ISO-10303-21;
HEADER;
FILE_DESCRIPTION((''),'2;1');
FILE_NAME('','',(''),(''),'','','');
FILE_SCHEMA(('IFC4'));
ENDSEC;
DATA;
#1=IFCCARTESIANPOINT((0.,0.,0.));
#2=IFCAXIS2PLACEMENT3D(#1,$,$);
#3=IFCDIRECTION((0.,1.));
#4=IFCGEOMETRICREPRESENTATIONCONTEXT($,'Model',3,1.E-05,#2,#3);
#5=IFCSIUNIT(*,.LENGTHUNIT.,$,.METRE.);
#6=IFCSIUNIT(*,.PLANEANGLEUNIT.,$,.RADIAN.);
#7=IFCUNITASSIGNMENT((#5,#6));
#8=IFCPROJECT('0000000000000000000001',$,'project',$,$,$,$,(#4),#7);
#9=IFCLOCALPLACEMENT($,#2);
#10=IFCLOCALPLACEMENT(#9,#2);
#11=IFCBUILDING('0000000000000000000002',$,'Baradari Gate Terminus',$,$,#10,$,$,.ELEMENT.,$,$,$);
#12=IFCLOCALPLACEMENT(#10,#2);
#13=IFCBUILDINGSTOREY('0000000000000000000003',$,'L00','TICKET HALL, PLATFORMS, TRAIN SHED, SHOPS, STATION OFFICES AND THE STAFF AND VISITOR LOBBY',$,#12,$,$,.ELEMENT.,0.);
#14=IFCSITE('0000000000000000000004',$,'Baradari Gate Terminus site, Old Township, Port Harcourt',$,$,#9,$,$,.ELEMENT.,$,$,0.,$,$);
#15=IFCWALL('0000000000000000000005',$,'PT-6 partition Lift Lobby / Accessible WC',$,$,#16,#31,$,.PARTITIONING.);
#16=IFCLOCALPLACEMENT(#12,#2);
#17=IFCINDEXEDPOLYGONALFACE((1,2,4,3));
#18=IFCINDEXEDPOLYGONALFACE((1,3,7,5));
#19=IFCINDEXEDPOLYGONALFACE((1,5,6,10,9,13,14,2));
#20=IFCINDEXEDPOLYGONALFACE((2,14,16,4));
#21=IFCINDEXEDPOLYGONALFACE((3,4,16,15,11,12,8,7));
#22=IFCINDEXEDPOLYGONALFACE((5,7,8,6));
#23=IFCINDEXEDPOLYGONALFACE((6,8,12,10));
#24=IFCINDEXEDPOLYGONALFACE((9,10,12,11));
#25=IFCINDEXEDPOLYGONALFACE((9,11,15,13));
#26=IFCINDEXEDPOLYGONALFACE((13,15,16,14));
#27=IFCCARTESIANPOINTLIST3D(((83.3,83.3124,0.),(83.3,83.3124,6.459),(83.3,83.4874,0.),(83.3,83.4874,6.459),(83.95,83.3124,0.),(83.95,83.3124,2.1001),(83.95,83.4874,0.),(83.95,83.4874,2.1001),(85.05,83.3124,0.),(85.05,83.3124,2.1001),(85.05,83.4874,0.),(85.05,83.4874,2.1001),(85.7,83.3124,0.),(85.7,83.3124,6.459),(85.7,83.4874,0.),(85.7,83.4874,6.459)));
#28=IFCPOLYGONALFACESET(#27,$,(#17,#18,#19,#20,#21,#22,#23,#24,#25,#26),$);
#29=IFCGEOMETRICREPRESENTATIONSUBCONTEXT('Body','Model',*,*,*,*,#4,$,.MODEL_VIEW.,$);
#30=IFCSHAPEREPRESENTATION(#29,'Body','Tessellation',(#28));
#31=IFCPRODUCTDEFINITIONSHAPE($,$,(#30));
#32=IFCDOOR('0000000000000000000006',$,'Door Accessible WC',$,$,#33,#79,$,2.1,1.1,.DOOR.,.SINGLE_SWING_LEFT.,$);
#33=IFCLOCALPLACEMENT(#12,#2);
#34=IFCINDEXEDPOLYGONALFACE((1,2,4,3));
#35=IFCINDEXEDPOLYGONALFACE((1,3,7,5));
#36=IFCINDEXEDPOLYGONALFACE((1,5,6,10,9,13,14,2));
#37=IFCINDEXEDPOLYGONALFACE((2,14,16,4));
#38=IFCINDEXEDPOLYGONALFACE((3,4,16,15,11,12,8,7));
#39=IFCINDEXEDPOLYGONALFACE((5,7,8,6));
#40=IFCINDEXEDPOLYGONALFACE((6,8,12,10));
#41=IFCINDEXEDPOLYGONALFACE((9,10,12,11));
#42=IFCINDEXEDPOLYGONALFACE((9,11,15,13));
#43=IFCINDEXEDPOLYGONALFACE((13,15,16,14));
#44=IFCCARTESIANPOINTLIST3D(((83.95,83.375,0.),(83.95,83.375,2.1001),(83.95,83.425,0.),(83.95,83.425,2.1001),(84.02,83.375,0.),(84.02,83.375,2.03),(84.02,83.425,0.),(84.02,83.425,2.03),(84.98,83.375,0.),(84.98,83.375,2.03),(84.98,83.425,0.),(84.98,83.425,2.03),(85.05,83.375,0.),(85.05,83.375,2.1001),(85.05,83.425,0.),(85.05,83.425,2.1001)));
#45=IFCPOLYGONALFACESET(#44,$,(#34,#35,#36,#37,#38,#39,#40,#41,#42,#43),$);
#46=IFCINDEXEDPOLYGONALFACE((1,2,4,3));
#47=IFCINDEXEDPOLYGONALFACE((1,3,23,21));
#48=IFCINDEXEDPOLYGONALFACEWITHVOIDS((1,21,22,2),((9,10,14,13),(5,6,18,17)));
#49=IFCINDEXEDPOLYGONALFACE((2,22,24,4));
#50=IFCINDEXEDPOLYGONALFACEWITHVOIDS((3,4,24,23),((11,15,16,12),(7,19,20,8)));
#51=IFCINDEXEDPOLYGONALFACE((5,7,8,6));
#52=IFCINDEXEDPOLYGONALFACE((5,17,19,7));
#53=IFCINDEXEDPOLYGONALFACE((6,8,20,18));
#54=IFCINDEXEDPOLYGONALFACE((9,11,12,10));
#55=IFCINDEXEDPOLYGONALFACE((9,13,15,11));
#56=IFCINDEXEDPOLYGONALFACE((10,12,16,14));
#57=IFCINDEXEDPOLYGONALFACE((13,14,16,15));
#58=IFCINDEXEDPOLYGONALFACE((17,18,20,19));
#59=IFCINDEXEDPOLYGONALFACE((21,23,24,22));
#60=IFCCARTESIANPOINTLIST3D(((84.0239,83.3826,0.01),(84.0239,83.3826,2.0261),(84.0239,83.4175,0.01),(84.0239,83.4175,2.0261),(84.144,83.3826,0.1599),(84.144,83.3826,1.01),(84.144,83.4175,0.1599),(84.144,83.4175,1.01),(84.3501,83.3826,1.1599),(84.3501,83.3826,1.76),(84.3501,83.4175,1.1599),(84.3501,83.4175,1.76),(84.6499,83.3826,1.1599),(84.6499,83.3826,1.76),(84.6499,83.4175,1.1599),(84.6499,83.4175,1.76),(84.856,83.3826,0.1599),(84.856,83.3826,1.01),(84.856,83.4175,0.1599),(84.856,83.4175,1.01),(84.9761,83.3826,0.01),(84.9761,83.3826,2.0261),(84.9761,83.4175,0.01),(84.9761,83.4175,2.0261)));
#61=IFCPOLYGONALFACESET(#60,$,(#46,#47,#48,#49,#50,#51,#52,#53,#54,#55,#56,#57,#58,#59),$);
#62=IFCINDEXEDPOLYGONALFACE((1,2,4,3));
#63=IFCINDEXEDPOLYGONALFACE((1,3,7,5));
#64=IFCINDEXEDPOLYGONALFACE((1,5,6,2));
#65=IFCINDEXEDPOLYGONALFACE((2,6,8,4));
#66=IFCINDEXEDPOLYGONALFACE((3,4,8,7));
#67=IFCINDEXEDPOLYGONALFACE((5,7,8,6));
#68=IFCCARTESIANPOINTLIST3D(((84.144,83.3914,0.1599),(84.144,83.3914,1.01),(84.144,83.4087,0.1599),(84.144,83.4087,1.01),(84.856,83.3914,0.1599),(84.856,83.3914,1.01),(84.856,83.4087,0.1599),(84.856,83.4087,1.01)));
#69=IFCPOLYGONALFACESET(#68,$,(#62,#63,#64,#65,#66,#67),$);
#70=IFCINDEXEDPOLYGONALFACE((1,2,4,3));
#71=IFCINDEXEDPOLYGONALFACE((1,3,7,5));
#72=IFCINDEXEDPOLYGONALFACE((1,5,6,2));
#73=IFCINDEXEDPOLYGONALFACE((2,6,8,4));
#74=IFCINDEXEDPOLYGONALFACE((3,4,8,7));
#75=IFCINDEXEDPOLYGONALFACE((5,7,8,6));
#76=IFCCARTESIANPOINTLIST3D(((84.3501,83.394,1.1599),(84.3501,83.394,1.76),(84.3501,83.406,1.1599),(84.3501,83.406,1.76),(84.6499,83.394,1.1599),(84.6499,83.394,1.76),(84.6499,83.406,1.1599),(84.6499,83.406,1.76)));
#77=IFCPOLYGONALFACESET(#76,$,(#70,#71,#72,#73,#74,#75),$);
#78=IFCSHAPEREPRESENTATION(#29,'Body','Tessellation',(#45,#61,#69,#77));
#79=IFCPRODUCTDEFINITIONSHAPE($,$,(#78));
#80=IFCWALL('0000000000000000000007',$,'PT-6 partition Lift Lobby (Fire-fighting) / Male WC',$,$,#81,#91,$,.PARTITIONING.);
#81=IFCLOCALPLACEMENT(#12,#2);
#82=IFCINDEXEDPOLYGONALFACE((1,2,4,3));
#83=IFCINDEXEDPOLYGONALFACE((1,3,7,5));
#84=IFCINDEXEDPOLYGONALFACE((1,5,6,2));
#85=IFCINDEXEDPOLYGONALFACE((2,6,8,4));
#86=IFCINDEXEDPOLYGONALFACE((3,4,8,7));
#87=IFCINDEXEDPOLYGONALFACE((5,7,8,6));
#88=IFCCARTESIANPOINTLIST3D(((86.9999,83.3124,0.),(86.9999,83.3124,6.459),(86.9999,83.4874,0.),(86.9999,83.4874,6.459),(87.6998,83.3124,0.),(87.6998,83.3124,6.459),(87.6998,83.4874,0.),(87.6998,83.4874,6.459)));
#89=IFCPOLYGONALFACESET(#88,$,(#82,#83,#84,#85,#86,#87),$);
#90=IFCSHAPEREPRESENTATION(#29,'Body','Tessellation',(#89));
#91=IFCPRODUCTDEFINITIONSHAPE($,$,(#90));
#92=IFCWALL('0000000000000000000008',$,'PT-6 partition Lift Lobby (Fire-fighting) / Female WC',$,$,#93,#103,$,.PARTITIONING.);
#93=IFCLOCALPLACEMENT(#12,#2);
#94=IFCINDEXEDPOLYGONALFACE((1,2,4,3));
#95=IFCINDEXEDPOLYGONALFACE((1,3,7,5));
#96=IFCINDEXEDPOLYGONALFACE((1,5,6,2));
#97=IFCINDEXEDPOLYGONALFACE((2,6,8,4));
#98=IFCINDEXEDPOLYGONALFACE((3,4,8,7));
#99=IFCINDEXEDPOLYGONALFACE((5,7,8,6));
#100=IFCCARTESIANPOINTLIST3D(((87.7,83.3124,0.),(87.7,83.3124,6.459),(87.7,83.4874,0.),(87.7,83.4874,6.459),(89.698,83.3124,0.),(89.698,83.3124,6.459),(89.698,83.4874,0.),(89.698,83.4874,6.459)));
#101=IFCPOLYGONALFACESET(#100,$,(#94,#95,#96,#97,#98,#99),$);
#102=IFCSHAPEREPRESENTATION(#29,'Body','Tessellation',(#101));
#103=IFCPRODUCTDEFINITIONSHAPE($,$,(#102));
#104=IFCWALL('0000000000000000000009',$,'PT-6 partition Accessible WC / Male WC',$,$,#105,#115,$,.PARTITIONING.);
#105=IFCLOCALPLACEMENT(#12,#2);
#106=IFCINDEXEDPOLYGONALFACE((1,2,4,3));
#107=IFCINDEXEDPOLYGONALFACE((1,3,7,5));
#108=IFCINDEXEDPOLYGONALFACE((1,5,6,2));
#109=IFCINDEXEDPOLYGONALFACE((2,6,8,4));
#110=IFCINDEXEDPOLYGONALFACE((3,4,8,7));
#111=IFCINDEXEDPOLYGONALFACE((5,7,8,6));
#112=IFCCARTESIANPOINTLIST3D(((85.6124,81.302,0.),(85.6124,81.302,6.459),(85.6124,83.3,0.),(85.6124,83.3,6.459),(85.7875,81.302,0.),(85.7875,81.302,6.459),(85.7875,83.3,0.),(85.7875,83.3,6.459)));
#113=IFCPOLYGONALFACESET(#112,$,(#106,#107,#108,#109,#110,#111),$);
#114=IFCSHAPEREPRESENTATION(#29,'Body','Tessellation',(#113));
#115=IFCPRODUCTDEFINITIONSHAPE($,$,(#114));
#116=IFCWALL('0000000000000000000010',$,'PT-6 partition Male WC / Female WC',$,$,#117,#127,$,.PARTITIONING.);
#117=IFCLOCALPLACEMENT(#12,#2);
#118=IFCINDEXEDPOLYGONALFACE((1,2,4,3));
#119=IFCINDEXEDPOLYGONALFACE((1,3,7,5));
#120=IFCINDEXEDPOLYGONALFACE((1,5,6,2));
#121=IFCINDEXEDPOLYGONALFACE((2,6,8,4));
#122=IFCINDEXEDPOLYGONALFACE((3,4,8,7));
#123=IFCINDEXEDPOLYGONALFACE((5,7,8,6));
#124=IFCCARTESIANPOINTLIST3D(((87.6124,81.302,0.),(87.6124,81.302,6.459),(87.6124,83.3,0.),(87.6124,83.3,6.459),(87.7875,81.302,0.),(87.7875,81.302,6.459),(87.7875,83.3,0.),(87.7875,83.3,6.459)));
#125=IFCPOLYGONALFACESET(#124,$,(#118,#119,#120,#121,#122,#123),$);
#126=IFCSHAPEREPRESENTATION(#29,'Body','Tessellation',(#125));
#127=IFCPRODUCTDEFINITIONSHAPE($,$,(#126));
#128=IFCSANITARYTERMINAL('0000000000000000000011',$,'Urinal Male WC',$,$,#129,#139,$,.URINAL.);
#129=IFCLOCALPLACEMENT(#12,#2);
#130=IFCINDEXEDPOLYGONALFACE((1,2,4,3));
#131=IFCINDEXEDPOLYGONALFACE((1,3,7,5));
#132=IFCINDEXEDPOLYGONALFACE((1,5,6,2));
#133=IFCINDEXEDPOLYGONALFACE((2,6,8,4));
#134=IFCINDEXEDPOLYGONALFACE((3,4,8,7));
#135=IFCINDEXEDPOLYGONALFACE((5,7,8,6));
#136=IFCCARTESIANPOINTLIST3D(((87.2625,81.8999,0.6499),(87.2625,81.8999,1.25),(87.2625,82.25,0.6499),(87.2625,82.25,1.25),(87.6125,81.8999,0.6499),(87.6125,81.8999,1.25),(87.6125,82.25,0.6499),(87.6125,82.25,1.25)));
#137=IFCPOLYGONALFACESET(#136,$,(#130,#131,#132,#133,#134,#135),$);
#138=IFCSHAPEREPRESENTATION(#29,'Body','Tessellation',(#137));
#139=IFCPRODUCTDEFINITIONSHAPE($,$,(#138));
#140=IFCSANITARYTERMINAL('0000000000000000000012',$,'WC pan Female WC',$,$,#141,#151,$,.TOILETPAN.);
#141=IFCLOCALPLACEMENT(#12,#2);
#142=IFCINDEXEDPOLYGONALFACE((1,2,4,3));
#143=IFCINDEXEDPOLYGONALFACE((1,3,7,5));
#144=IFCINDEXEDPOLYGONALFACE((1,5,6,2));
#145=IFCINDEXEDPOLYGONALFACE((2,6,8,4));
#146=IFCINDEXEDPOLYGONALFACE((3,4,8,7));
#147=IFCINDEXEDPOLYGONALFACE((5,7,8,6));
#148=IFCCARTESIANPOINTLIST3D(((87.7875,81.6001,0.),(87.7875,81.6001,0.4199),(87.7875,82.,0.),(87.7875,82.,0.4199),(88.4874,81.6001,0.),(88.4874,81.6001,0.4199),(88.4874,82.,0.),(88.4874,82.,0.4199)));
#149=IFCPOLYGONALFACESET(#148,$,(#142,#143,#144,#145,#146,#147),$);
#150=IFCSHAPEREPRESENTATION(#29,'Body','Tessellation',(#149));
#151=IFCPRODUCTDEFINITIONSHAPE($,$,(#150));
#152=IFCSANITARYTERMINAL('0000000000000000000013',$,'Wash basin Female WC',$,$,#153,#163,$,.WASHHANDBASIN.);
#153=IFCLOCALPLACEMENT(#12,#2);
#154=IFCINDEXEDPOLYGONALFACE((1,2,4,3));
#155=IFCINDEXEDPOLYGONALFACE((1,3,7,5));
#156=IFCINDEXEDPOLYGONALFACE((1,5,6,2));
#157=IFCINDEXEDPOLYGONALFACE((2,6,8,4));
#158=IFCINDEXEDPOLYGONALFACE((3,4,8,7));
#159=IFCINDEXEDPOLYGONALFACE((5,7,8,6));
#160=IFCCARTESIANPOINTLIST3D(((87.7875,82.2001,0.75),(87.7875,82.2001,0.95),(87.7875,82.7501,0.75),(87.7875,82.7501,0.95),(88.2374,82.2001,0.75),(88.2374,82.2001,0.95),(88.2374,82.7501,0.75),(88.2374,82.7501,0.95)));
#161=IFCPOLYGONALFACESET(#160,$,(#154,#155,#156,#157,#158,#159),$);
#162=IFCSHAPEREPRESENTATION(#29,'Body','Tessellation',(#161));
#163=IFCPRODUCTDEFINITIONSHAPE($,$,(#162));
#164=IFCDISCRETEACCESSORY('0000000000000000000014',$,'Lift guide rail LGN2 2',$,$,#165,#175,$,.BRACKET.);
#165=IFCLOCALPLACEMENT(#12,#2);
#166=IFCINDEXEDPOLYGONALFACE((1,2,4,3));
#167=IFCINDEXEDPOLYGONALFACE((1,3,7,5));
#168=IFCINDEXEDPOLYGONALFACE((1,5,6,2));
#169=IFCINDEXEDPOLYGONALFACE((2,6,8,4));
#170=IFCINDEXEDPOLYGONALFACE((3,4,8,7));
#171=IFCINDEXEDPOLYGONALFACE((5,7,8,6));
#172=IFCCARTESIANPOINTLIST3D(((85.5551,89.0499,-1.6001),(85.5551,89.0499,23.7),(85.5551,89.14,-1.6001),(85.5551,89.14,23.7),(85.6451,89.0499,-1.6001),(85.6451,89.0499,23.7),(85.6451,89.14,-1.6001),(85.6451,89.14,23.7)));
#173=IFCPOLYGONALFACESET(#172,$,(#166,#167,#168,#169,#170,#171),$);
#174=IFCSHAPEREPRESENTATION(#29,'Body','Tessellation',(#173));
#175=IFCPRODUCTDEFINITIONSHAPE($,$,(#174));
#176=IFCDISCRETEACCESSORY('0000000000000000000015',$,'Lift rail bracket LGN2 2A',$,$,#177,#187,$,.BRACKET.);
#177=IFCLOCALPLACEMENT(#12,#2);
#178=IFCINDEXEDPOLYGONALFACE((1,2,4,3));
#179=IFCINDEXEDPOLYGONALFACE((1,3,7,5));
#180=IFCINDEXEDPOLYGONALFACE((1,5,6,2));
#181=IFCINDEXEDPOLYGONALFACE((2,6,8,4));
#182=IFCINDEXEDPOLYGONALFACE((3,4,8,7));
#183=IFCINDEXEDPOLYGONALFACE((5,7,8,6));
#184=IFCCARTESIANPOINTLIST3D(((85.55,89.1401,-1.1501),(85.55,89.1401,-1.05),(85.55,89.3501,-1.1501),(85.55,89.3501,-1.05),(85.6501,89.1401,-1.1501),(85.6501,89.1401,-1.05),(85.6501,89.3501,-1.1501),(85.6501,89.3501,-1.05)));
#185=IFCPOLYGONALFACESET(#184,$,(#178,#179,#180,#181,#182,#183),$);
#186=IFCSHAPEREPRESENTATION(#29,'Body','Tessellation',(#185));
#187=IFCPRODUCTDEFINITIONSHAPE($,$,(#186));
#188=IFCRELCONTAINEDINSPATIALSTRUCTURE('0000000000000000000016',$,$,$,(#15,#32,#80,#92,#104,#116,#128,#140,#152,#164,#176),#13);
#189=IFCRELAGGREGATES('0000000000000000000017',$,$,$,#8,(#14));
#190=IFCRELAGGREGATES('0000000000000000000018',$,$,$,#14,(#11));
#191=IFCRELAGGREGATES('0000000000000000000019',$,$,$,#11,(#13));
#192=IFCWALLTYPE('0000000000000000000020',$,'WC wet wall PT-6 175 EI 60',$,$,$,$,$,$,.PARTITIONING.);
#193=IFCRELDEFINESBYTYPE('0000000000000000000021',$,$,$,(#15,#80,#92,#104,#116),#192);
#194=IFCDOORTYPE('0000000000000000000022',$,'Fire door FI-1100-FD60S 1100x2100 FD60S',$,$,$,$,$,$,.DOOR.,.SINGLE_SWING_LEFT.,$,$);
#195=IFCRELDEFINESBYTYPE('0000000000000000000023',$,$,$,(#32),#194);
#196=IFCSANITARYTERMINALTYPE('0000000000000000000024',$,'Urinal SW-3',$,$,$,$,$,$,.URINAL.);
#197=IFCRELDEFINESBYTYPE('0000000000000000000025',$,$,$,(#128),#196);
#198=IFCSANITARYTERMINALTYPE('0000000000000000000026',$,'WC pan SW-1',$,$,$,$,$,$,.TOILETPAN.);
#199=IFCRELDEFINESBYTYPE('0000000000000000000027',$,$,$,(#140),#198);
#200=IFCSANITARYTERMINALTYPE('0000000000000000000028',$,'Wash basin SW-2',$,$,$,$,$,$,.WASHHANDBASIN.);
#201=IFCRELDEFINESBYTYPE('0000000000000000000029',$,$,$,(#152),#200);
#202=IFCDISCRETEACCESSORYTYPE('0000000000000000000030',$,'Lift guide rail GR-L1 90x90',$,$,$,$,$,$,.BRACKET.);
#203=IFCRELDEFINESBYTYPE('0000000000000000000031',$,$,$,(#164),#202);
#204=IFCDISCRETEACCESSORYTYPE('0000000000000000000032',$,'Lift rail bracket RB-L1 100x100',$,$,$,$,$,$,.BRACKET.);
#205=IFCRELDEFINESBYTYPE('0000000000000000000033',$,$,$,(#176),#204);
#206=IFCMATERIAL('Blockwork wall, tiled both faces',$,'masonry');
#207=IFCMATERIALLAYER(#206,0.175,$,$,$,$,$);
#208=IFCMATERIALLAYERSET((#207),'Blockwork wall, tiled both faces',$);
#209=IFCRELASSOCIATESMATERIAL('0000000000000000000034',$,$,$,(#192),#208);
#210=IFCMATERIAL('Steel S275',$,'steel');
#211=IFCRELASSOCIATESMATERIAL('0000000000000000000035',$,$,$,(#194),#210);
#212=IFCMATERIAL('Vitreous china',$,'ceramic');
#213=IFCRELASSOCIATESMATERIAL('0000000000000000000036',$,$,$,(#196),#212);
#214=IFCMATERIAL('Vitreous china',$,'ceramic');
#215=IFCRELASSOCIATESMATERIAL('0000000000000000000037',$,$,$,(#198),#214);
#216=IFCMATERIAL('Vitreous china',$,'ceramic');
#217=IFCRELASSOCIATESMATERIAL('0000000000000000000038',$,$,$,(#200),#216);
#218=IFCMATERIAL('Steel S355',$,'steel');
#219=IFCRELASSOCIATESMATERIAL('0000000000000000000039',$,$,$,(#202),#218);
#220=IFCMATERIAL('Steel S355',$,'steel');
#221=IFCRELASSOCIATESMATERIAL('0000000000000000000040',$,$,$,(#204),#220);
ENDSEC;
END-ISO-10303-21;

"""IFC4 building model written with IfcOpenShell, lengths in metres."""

from ifc_helpers import new_model, si_unit, direction, frame, frame_2d, origin, origin_2d, place, context, subcontext, project, spatial, polyline, rectangle, outline, extrude, material, layer, layer_set, type_object, element, fill, save


model = new_model("IFC4")

# Units and contexts
model_context = context("Model", 3, precision=1e-05, world=origin(), true_north=direction((0.0, 1.0)))
body_context = subcontext(model_context, "Body", "Model", "MODEL_VIEW")
ifc_project = project(units=[si_unit("LENGTHUNIT", "METRE"), si_unit("PLANEANGLEUNIT", "RADIAN")], contexts=[model_context])

# Site, building, storey
site_placement = place(None, origin())
site = spatial("IfcSite", under=ifc_project, at=site_placement, Name="Baradari Gate Terminus site, Old Township, Port Harcourt", CompositionType="ELEMENT", RefElevation=0.0)
building_placement = place(site_placement, origin())
building = spatial("IfcBuilding", under=site, at=building_placement, Name="Baradari Gate Terminus", CompositionType="ELEMENT")
storey_placement = place(building_placement, origin())
storey = spatial("IfcBuildingStorey", under=building, at=storey_placement, Name="L00", Description="TICKET HALL, PLATFORMS, TRAIN SHED, SHOPS, STATION OFFICES AND THE STAFF AND VISITOR LOBBY", CompositionType="ELEMENT", Elevation=0.0)

# Wall, opening, door
ifc_material_1 = material(Name="Blockwork wall, tiled both faces", Category="masonry")
ifc_layer_1 = layer(ifc_material_1, 0.175)
ifc_layer_set_1 = layer_set([ifc_layer_1], Name="Blockwork wall, tiled both faces")
wall_type_1 = type_object("IfcWallType", Name="WC wet wall PT-6 175 EI 60", PredefinedType="PARTITIONING", material=ifc_layer_set_1)
wall_1_placement = place(storey_placement, frame((85.7, 83.3999, 0.0), z_axis=(0.0, 0.0, 1.0), x_axis=(-1.0, 0.0, 0.0)))
wall_1 = element("IfcWall", 1, at=wall_1_placement, inside=storey, type_object=wall_type_1, Name="PT-6 partition Lift Lobby / Accessible WC", PredefinedType="PARTITIONING", context=body_context, shape_type="SweptSolid", body=[
    extrude(rectangle(XDim=2.3999, YDim=0.175, at=frame_2d((1.2, 0.0))), origin(), (0.0, 0.0, 1.0), 6.459),
])
opening_1_placement = place(wall_1_placement, frame((0.6499, 0.0, 0.0)))
opening_1 = element("IfcOpeningElement", 2, at=opening_1_placement, cuts=wall_1, PredefinedType="OPENING", context=body_context, shape_type="SweptSolid", body=[
    extrude(rectangle(XDim=1.1001, YDim=2.1001, at=frame_2d((0.55, 1.05))), frame((0.0, 0.0974, 0.0), z_axis=(0.0, -1.0, 0.0), x_axis=(1.0, 0.0, 0.0)), (0.0, 0.0, 1.0), 0.1951),
])
ifc_material_2 = material(Name="Steel S275", Category="steel")
door_type_1 = type_object("IfcDoorType", Name="Fire door FI-1100-FD60S 1100x2100 FD60S", OperationType="SINGLE_SWING_LEFT", PredefinedType="DOOR", material=ifc_material_2)
door_1_placement = place(opening_1_placement, origin())
door_1 = element("IfcDoor", 3, at=door_1_placement, inside=storey, type_object=door_type_1, Name="Door Accessible WC", OperationType="SINGLE_SWING_LEFT", OverallHeight=2.1, OverallWidth=1.1, PredefinedType="DOOR", context=body_context, shape_type="SweptSolid", body=[
    extrude(outline(polyline([(0.0, 0.0), (0.0701, 0.0), (0.0701, 2.03), (1.03, 2.03), (1.03, 0.0), (1.1001, 0.0), (1.1001, 2.1001), (0.0, 2.1001), (0.0, 0.0)])), frame((0.0, 0.0249, 0.0), z_axis=(0.0, -1.0, 0.0), x_axis=(1.0, 0.0, 0.0)), (0.0, 0.0, 1.0), 0.05),
    extrude(outline(polyline([(0.074, 0.01), (1.0261, 0.01), (1.0261, 2.0261), (0.074, 2.0261), (0.074, 0.01)]), holes=[polyline([(0.1941, 0.1599), (0.906, 0.1599), (0.906, 1.01), (0.1941, 1.01), (0.1941, 0.1599)]), polyline([(0.4001, 1.1599), (0.7, 1.1599), (0.7, 1.76), (0.4001, 1.76), (0.4001, 1.1599)])]), frame((0.0, 0.0173, 0.0), z_axis=(0.0, -1.0, 0.0), x_axis=(1.0, 0.0, 0.0)), (0.0, 0.0, 1.0), 0.0349),
    extrude(rectangle(XDim=0.7119, YDim=0.8501, at=frame_2d((0.55, 0.585))), frame((0.0, 0.0085, 0.0), z_axis=(0.0, -1.0, 0.0), x_axis=(1.0, 0.0, 0.0)), (0.0, 0.0, 1.0), 0.0173),
    extrude(rectangle(XDim=0.2998, YDim=0.6001, at=frame_2d((0.55, 1.46))), frame((0.0, 0.0059, 0.0), z_axis=(0.0, -1.0, 0.0), x_axis=(1.0, 0.0, 0.0)), (0.0, 0.0, 1.0), 0.012),
])
fill(opening_1, door_1)

# Walls
wall_2_placement = place(storey_placement, frame((87.7, 83.3999, 0.0), z_axis=(0.0, 0.0, 1.0), x_axis=(-1.0, 0.0, 0.0)))
element("IfcWall", 4, at=wall_2_placement, inside=storey, type_object=wall_type_1, Name="PT-6 partition Lift Lobby (Fire-fighting) / Male WC", PredefinedType="PARTITIONING", context=body_context, shape_type="SweptSolid", body=[
    extrude(rectangle(XDim=0.7, YDim=0.175, at=frame_2d((0.3501, 0.0))), origin(), (0.0, 0.0, 1.0), 6.459),
])
for number, where, z_axis, x_axis, name in (
    (5, (89.698, 83.3999, 0.0), (0.0, 0.0, 1.0), (-1.0, 0.0, 0.0), "PT-6 partition Lift Lobby (Fire-fighting) / Female WC"),
    (6, (85.7, 83.3, 0.0), (0.0, 0.0, 1.0), (0.0, -1.0, 0.0), "PT-6 partition Accessible WC / Male WC"),
    (7, (87.7, 83.3, 0.0), (0.0, 0.0, 1.0), (0.0, -1.0, 0.0), "PT-6 partition Male WC / Female WC"),
):
    element("IfcWall", number, at=place(storey_placement, frame(where, z_axis=z_axis, x_axis=x_axis)), inside=storey, type_object=wall_type_1, Name=name, PredefinedType="PARTITIONING", context=body_context, shape_type="SweptSolid", body=[
        extrude(rectangle(XDim=1.998, YDim=0.175, at=frame_2d((0.999, 0.0))), origin(), (0.0, 0.0, 1.0), 6.459),
    ])

# Sanitary terminals
ifc_material_3 = material(Name="Vitreous china", Category="ceramic")
sanitary_terminal_type_1 = type_object("IfcSanitaryTerminalType", Name="Urinal SW-3", PredefinedType="URINAL", material=ifc_material_3)
sanitary_terminal_1_placement = place(storey_placement, frame((87.4375, 82.075, 0.6499), z_axis=(0.0, 0.0, 1.0), x_axis=(1.0, 0.0, 0.0)))
element("IfcSanitaryTerminal", 8, at=sanitary_terminal_1_placement, inside=storey, type_object=sanitary_terminal_type_1, Name="Urinal Male WC", PredefinedType="URINAL", context=body_context, shape_type="SweptSolid", body=[
    extrude(rectangle(XDim=0.3501, YDim=0.3501, at=origin_2d()), origin(), (0.0, 0.0, 1.0), 0.6001),
])
ifc_material_4 = material(Name="Vitreous china", Category="ceramic")
sanitary_terminal_type_2 = type_object("IfcSanitaryTerminalType", Name="WC pan SW-1", PredefinedType="TOILETPAN", material=ifc_material_4)
sanitary_terminal_2_placement = place(storey_placement, frame((88.1375, 81.8, 0.0), z_axis=(0.0, 0.0, 1.0), x_axis=(1.0, 0.0, 0.0)))
element("IfcSanitaryTerminal", 9, at=sanitary_terminal_2_placement, inside=storey, type_object=sanitary_terminal_type_2, Name="WC pan Female WC", PredefinedType="TOILETPAN", context=body_context, shape_type="SweptSolid", body=[
    extrude(rectangle(XDim=0.7, YDim=0.3999, at=origin_2d()), origin(), (0.0, 0.0, 1.0), 0.4199),
])
ifc_material_5 = material(Name="Vitreous china", Category="ceramic")
sanitary_terminal_type_3 = type_object("IfcSanitaryTerminalType", Name="Wash basin SW-2", PredefinedType="WASHHANDBASIN", material=ifc_material_5)
sanitary_terminal_3_placement = place(storey_placement, frame((88.0125, 82.4751, 0.75), z_axis=(0.0, 0.0, 1.0), x_axis=(1.0, 0.0, 0.0)))
element("IfcSanitaryTerminal", 10, at=sanitary_terminal_3_placement, inside=storey, type_object=sanitary_terminal_type_3, Name="Wash basin Female WC", PredefinedType="WASHHANDBASIN", context=body_context, shape_type="SweptSolid", body=[
    extrude(rectangle(XDim=0.45, YDim=0.55, at=origin_2d()), origin(), (0.0, 0.0, 1.0), 0.2),
])

# Discrete accessories
ifc_material_6 = material(Name="Steel S355", Category="steel")
discrete_accessory_type_1 = type_object("IfcDiscreteAccessoryType", Name="Lift guide rail GR-L1 90x90", PredefinedType="BRACKET", material=ifc_material_6)
discrete_accessory_1_placement = place(storey_placement, frame((85.6001, 89.095, -1.6001), z_axis=(0.0, 0.0, 1.0), x_axis=(1.0, 0.0, 0.0)))
element("IfcDiscreteAccessory", 11, at=discrete_accessory_1_placement, inside=storey, type_object=discrete_accessory_type_1, Name="Lift guide rail LGN2 2", PredefinedType="BRACKET", context=body_context, shape_type="SweptSolid", body=[
    extrude(rectangle(XDim=0.0901, YDim=0.0901, at=origin_2d()), origin(), (0.0, 0.0, 1.0), 25.3),
])
ifc_material_7 = material(Name="Steel S355", Category="steel")
discrete_accessory_type_2 = type_object("IfcDiscreteAccessoryType", Name="Lift rail bracket RB-L1 100x100", PredefinedType="BRACKET", material=ifc_material_7)
discrete_accessory_2_placement = place(storey_placement, frame((85.6001, 89.2451, -1.1501), z_axis=(0.0, 0.0, 1.0), x_axis=(1.0, 0.0, 0.0)))
element("IfcDiscreteAccessory", 12, at=discrete_accessory_2_placement, inside=storey, type_object=discrete_accessory_type_2, Name="Lift rail bracket LGN2 2A", PredefinedType="BRACKET", context=body_context, shape_type="SweptSolid", body=[
    extrude(rectangle(XDim=0.1001, YDim=0.21, at=origin_2d()), origin(), (0.0, 0.0, 1.0), 0.1001),
])

save(model, "model.ifc")
